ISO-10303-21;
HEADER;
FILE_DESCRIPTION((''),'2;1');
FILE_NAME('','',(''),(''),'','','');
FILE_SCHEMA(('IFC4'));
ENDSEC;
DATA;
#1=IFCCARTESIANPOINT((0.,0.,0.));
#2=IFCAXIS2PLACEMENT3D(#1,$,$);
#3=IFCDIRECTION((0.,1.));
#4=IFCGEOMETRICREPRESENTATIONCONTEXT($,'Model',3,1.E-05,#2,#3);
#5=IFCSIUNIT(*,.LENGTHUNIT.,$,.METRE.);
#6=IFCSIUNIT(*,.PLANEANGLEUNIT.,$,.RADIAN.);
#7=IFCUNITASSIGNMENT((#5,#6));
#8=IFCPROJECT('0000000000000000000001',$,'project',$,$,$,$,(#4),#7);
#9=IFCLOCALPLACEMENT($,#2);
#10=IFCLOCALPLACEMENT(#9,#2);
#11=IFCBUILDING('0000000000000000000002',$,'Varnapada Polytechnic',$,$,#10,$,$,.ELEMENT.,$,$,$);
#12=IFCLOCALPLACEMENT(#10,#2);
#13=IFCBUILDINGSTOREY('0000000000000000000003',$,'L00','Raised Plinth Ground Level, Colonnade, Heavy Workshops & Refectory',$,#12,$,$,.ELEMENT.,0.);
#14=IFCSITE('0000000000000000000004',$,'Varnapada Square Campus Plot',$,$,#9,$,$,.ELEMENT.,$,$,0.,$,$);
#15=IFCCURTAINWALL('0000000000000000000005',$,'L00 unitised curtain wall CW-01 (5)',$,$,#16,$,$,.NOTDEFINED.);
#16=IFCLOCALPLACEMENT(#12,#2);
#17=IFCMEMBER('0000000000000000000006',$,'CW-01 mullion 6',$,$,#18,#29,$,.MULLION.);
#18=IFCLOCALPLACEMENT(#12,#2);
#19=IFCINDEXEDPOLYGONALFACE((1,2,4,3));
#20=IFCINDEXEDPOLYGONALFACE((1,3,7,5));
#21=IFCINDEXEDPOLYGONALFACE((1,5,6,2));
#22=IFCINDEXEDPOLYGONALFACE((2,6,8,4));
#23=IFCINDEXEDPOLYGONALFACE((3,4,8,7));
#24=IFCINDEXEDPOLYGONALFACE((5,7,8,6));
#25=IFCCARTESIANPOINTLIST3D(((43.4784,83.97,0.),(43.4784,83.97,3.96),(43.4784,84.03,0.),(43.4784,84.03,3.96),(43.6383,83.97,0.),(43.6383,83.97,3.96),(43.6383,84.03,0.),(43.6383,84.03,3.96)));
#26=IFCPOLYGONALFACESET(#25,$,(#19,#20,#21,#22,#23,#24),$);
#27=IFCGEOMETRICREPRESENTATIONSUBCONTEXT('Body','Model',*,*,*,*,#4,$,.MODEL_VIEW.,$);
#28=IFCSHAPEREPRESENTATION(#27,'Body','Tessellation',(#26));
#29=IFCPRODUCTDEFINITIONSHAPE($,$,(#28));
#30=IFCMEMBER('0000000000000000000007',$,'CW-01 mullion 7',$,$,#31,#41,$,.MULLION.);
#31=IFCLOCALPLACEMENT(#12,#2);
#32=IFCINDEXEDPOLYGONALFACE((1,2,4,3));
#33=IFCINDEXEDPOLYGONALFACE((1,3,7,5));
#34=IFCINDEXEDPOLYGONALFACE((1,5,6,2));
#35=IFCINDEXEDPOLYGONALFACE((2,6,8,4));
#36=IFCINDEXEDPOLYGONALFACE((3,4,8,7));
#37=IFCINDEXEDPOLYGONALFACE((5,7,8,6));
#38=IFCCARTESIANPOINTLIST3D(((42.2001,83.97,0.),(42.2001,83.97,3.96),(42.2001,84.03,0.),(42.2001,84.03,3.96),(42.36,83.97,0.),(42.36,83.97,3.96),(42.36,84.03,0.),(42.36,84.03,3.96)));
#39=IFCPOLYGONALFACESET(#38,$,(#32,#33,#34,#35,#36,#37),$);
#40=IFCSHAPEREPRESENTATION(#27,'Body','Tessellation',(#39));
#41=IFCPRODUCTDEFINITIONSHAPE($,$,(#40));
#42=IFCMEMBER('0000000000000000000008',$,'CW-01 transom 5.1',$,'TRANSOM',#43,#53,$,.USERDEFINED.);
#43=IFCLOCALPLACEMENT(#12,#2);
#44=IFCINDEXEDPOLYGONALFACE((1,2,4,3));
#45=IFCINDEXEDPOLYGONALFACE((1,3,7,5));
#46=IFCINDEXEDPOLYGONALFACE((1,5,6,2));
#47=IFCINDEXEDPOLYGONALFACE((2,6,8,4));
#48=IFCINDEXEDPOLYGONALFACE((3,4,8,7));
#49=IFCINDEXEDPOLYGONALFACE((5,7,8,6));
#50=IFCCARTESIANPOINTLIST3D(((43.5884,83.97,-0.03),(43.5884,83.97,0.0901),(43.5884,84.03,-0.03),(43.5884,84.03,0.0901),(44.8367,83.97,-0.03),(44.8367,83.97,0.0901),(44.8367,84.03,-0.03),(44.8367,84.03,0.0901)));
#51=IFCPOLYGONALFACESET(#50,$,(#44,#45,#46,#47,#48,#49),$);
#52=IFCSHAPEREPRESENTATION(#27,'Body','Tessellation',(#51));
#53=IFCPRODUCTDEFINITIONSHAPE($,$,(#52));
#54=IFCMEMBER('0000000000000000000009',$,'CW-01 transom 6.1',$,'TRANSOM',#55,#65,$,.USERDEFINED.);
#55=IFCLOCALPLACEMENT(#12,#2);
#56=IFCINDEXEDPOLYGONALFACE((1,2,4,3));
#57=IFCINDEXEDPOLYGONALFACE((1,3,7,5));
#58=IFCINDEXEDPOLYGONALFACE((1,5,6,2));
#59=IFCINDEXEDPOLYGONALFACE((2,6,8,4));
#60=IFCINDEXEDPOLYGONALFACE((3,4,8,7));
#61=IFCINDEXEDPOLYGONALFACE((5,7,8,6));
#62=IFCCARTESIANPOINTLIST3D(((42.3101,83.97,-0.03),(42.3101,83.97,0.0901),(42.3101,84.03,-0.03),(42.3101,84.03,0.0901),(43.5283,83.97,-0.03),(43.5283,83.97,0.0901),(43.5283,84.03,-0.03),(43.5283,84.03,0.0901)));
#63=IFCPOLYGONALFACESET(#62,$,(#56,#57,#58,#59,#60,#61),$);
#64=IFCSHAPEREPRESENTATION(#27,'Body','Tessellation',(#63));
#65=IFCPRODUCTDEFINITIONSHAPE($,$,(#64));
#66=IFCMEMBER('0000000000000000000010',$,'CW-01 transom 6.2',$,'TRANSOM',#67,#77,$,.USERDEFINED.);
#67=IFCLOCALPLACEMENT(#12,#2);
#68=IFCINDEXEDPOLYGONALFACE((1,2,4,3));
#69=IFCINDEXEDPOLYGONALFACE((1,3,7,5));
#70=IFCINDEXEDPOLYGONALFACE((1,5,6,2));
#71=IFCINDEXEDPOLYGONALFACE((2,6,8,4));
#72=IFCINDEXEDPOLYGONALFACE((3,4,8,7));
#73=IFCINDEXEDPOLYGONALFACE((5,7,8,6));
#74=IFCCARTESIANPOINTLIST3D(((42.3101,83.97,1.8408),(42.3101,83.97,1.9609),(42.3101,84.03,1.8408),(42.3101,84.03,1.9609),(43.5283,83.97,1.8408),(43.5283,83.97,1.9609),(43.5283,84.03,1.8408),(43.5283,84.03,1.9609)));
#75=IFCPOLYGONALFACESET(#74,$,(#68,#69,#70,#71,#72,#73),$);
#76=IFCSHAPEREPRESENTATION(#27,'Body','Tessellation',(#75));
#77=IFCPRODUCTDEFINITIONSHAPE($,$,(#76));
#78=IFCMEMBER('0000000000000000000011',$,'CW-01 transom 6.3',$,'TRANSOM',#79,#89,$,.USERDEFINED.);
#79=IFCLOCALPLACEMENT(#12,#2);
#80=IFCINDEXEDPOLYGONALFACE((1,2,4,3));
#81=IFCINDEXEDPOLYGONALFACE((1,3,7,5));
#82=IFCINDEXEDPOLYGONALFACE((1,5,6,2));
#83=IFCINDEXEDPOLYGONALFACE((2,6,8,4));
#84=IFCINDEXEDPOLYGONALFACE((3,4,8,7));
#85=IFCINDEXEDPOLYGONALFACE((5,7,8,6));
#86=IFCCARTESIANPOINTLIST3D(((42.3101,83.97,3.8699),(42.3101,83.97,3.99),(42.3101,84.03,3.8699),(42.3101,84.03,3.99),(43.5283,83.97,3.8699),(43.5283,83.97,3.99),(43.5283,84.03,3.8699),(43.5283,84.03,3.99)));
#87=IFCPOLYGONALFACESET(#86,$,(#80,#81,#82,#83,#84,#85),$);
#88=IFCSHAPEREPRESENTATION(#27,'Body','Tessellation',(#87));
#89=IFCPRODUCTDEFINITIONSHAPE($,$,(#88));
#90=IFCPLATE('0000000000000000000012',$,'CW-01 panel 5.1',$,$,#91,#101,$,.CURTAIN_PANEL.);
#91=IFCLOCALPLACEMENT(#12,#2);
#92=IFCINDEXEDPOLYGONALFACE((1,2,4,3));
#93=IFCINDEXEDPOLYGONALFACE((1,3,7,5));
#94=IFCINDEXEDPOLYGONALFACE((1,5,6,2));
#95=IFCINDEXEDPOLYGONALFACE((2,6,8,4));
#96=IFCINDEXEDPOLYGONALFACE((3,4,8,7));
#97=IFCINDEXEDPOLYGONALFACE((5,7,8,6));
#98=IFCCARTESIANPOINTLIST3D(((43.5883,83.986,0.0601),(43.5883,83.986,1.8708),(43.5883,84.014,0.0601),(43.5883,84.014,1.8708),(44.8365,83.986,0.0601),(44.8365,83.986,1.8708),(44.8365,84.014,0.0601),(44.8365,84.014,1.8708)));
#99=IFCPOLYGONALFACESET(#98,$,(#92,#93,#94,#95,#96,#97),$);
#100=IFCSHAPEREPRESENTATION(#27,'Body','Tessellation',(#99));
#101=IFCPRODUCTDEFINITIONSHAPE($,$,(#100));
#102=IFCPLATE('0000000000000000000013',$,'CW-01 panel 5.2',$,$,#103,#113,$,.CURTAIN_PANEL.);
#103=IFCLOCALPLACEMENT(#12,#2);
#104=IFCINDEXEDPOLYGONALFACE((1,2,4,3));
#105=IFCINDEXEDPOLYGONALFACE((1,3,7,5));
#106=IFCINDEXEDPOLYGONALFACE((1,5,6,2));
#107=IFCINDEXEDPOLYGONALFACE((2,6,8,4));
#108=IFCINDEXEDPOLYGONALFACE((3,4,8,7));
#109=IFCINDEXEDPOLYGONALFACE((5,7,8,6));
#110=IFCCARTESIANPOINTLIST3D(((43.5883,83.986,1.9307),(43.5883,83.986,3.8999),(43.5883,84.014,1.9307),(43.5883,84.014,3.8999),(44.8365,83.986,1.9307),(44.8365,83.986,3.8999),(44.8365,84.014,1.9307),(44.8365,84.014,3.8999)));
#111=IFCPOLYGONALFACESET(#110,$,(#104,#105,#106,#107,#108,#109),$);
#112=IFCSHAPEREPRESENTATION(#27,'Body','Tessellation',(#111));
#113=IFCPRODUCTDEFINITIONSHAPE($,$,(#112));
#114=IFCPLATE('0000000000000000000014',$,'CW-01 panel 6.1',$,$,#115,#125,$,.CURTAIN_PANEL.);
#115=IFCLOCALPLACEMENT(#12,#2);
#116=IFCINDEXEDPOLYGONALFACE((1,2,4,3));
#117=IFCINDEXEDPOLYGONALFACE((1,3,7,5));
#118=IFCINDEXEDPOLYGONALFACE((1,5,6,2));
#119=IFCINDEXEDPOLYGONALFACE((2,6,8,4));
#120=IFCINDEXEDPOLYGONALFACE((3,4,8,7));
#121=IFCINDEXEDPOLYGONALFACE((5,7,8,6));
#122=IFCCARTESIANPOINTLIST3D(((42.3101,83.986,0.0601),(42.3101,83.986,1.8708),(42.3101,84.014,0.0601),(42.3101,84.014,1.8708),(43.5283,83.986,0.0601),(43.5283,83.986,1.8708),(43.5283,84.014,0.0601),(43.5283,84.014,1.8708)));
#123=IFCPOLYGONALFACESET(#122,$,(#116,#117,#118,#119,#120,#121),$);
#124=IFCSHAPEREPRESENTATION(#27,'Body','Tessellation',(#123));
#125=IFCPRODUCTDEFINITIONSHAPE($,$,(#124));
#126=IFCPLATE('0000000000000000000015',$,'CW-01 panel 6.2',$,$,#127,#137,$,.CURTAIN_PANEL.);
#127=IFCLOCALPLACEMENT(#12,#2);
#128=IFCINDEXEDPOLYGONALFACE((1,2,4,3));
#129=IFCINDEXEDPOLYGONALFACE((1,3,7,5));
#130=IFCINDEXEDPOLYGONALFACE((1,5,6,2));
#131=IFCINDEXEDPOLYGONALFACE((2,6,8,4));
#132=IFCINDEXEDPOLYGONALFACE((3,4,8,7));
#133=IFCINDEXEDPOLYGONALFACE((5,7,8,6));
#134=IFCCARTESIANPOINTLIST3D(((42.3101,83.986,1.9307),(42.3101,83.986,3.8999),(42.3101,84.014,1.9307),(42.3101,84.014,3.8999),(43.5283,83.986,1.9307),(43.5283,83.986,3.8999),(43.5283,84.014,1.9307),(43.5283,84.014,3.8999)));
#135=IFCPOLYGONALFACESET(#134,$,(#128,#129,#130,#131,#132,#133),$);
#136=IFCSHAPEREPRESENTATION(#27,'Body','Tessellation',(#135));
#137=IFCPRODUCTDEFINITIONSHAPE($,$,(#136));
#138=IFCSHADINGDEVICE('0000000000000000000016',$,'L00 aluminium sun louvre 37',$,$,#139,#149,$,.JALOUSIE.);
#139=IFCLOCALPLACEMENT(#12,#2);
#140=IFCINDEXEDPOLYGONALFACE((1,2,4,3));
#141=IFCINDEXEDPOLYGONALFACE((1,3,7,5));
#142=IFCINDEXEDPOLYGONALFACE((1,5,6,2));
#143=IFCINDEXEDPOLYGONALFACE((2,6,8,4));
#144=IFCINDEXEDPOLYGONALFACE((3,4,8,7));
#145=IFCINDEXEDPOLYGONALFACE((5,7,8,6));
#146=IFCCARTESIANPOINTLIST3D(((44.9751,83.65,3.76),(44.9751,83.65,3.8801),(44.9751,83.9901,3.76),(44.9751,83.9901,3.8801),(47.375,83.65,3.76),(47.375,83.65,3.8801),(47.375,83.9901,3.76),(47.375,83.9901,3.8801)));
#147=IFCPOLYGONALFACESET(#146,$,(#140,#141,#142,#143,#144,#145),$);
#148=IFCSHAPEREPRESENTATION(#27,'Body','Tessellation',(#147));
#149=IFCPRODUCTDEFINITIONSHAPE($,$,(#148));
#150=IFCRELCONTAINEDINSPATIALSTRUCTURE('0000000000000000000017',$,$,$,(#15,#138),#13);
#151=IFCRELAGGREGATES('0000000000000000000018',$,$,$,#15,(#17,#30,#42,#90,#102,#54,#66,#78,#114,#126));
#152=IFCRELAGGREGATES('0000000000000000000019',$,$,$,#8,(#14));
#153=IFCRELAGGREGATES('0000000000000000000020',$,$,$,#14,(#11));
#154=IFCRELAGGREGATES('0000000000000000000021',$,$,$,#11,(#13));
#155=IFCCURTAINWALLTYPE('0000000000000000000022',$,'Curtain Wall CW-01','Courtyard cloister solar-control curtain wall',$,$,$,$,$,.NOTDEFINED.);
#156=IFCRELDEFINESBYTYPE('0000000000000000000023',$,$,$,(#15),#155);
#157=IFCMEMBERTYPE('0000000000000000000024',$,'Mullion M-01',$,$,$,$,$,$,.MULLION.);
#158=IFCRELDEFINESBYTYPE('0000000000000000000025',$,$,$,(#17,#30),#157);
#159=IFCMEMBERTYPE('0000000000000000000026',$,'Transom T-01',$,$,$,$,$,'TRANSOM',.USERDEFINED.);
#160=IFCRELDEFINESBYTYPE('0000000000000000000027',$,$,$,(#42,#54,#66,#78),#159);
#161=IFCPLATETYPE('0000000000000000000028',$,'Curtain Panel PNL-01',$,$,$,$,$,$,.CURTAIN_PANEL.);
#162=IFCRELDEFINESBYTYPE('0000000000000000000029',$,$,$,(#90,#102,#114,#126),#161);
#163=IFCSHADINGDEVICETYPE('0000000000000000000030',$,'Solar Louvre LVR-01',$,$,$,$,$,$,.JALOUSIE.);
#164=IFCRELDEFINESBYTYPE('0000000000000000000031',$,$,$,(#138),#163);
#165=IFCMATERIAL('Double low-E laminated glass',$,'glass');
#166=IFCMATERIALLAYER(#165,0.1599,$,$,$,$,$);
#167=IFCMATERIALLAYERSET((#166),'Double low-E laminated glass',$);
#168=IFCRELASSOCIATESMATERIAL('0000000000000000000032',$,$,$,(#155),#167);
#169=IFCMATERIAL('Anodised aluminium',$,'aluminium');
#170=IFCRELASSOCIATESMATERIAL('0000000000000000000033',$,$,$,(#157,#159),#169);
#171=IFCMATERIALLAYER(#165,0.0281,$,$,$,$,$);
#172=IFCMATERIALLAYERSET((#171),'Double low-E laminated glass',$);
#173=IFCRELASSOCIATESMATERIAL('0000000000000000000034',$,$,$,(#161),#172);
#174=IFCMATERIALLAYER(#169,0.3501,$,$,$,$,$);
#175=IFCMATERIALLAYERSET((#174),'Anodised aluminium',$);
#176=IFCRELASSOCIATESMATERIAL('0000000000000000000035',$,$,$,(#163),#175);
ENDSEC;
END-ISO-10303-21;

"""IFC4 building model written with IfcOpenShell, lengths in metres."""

from ifc_helpers import new_model, si_unit, direction, frame, origin, origin_2d, place, context, subcontext, project, spatial, rectangle, extrude, material, layer, layer_set, material_profile, profile_set, type_object, element, aggregate, save


model = new_model("IFC4")

# Units and contexts
model_context = context("Model", 3, precision=1e-05, world=origin(), true_north=direction((0.0, 1.0)))
body_context = subcontext(model_context, "Body", "Model", "MODEL_VIEW")
ifc_project = project(units=[si_unit("LENGTHUNIT", "METRE"), si_unit("PLANEANGLEUNIT", "RADIAN")], contexts=[model_context])

# Site, building, storey
site_placement = place(None, origin())
site = spatial("IfcSite", under=ifc_project, at=site_placement, Name="Varnapada Square Campus Plot", CompositionType="ELEMENT", RefElevation=0.0)
building_placement = place(site_placement, origin())
building = spatial("IfcBuilding", under=site, at=building_placement, Name="Varnapada Polytechnic", CompositionType="ELEMENT")
storey_placement = place(building_placement, origin())
storey = spatial("IfcBuildingStorey", under=building, at=storey_placement, Name="L00", Description="Raised Plinth Ground Level, Colonnade, Heavy Workshops & Refectory", CompositionType="ELEMENT", Elevation=0.0)

# Curtain wall, members, plates
ifc_material_1 = material(Name="Double low-E laminated glass", Category="glass")
ifc_layer_1 = layer(ifc_material_1, 0.1599)
ifc_layer_set_1 = layer_set([ifc_layer_1], Name="Double low-E laminated glass")
curtain_wall_type = type_object("IfcCurtainWallType", Name="Curtain Wall CW-01", Description="Courtyard cloister solar-control curtain wall", PredefinedType="NOTDEFINED", material=ifc_layer_set_1)
curtain_wall_placement = place(storey_placement, origin())
curtain_wall = element("IfcCurtainWall", 1, at=curtain_wall_placement, inside=storey, type_object=curtain_wall_type, Name="L00 unitised curtain wall CW-01 (5)", PredefinedType="NOTDEFINED")
ifc_material_2 = material(Name="Anodised aluminium", Category="aluminium")
ifc_material_profile_1 = material_profile(ifc_material_2, rectangle(XDim=0.0601, YDim=0.1599, at=origin_2d()), Name="ALU M60x160")
ifc_profile_set_1 = profile_set([ifc_material_profile_1], Name="Anodised aluminium")
member_type_1 = type_object("IfcMemberType", Name="Mullion M-01", PredefinedType="MULLION", material=ifc_profile_set_1)
member_1_placement = place(storey_placement, frame((43.5583, 84.0, 0.0), z_axis=(0.0, 0.0, 1.0), x_axis=(0.0, -1.0, 0.0)))
member_1 = element("IfcMember", 2, at=member_1_placement, type_object=member_type_1, Name="CW-01 mullion 6", PredefinedType="MULLION", context=body_context, shape_type="SweptSolid", body=[
    extrude(rectangle(XDim=0.0601, YDim=0.1599, at=origin_2d()), origin(), (0.0, 0.0, 1.0), 3.96),
])
member_2_placement = place(storey_placement, frame((42.28, 84.0, 0.0), z_axis=(0.0, 0.0, 1.0), x_axis=(0.0, -1.0, 0.0)))
member_2 = element("IfcMember", 3, at=member_2_placement, type_object=member_type_1, Name="CW-01 mullion 7", PredefinedType="MULLION", context=body_context, shape_type="SweptSolid", body=[
    extrude(rectangle(XDim=0.0601, YDim=0.1599, at=origin_2d()), origin(), (0.0, 0.0, 1.0), 3.96),
])
ifc_material_profile_2 = material_profile(ifc_material_2, rectangle(XDim=0.0601, YDim=0.1201, at=origin_2d()), Name="ALU T60x120")
ifc_profile_set_2 = profile_set([ifc_material_profile_2], Name="Anodised aluminium")
member_type_2 = type_object("IfcMemberType", Name="Transom T-01", ElementType="TRANSOM", PredefinedType="USERDEFINED", material=ifc_profile_set_2)
member_3_placement = place(storey_placement, frame((44.8367, 84.0, 0.03), z_axis=(-1.0, 0.0, 0.0), x_axis=(0.0, -1.0, 0.0)))
member_3 = element("IfcMember", 4, at=member_3_placement, type_object=member_type_2, Name="CW-01 transom 5.1", ObjectType="TRANSOM", PredefinedType="USERDEFINED", context=body_context, shape_type="SweptSolid", body=[
    extrude(rectangle(XDim=0.0601, YDim=0.1201, at=origin_2d()), origin(), (0.0, 0.0, 1.0), 1.2483),
])
member_4_placement = place(storey_placement, frame((43.5283, 84.0, 0.03), z_axis=(-1.0, 0.0, 0.0), x_axis=(0.0, -1.0, 0.0)))
member_4 = element("IfcMember", 5, at=member_4_placement, type_object=member_type_2, Name="CW-01 transom 6.1", ObjectType="TRANSOM", PredefinedType="USERDEFINED", context=body_context, shape_type="SweptSolid", body=[
    extrude(rectangle(XDim=0.0601, YDim=0.1201, at=origin_2d()), origin(), (0.0, 0.0, 1.0), 1.2183),
])
member_5_placement = place(storey_placement, frame((43.5283, 84.0, 1.9009), z_axis=(-1.0, 0.0, 0.0), x_axis=(0.0, -1.0, 0.0)))
member_5 = element("IfcMember", 6, at=member_5_placement, type_object=member_type_2, Name="CW-01 transom 6.2", ObjectType="TRANSOM", PredefinedType="USERDEFINED", context=body_context, shape_type="SweptSolid", body=[
    extrude(rectangle(XDim=0.0601, YDim=0.1201, at=origin_2d()), origin(), (0.0, 0.0, 1.0), 1.2183),
])
member_6_placement = place(storey_placement, frame((43.5283, 84.0, 3.9299), z_axis=(-1.0, 0.0, 0.0), x_axis=(0.0, -1.0, 0.0)))
member_6 = element("IfcMember", 7, at=member_6_placement, type_object=member_type_2, Name="CW-01 transom 6.3", ObjectType="TRANSOM", PredefinedType="USERDEFINED", context=body_context, shape_type="SweptSolid", body=[
    extrude(rectangle(XDim=0.0601, YDim=0.1201, at=origin_2d()), origin(), (0.0, 0.0, 1.0), 1.2183),
])
ifc_layer_2 = layer(ifc_material_1, 0.0281)
ifc_layer_set_2 = layer_set([ifc_layer_2], Name="Double low-E laminated glass")
plate_type = type_object("IfcPlateType", Name="Curtain Panel PNL-01", PredefinedType="CURTAIN_PANEL", material=ifc_layer_set_2)
plate_1_placement = place(storey_placement, frame((44.2124, 84.0, 0.0601), z_axis=(0.0, 0.0, 1.0), x_axis=(-1.0, 0.0, 0.0)))
plate_1 = element("IfcPlate", 8, at=plate_1_placement, type_object=plate_type, Name="CW-01 panel 5.1", PredefinedType="CURTAIN_PANEL", context=body_context, shape_type="SweptSolid", body=[
    extrude(rectangle(XDim=1.2483, YDim=0.0281, at=origin_2d()), origin(), (0.0, 0.0, 1.0), 1.8108),
])
plate_2_placement = place(storey_placement, frame((44.2124, 84.0, 1.9307), z_axis=(0.0, 0.0, 1.0), x_axis=(-1.0, 0.0, 0.0)))
plate_2 = element("IfcPlate", 9, at=plate_2_placement, type_object=plate_type, Name="CW-01 panel 5.2", PredefinedType="CURTAIN_PANEL", context=body_context, shape_type="SweptSolid", body=[
    extrude(rectangle(XDim=1.2483, YDim=0.0281, at=origin_2d()), origin(), (0.0, 0.0, 1.0), 1.9692),
])
plate_3_placement = place(storey_placement, frame((42.9192, 84.0, 0.0601), z_axis=(0.0, 0.0, 1.0), x_axis=(-1.0, 0.0, 0.0)))
plate_3 = element("IfcPlate", 10, at=plate_3_placement, type_object=plate_type, Name="CW-01 panel 6.1", PredefinedType="CURTAIN_PANEL", context=body_context, shape_type="SweptSolid", body=[
    extrude(rectangle(XDim=1.2183, YDim=0.0281, at=origin_2d()), origin(), (0.0, 0.0, 1.0), 1.8108),
])
plate_4_placement = place(storey_placement, frame((42.9192, 84.0, 1.9307), z_axis=(0.0, 0.0, 1.0), x_axis=(-1.0, 0.0, 0.0)))
plate_4 = element("IfcPlate", 11, at=plate_4_placement, type_object=plate_type, Name="CW-01 panel 6.2", PredefinedType="CURTAIN_PANEL", context=body_context, shape_type="SweptSolid", body=[
    extrude(rectangle(XDim=1.2183, YDim=0.0281, at=origin_2d()), origin(), (0.0, 0.0, 1.0), 1.9692),
])
aggregate(curtain_wall, [member_1, member_2, member_3, plate_1, plate_2, member_4, member_5, member_6, plate_3, plate_4])

# Shading device
ifc_layer_3 = layer(ifc_material_2, 0.3501)
ifc_layer_set_3 = layer_set([ifc_layer_3], Name="Anodised aluminium")
shading_device_type = type_object("IfcShadingDeviceType", Name="Solar Louvre LVR-01", PredefinedType="JALOUSIE", material=ifc_layer_set_3)
shading_device_placement = place(storey_placement, frame((46.175, 83.8201, 3.76), z_axis=(0.0, 0.0, 1.0), x_axis=(-1.0, 0.0, 0.0)))
element("IfcShadingDevice", 12, at=shading_device_placement, inside=storey, type_object=shading_device_type, Name="L00 aluminium sun louvre 37", PredefinedType="JALOUSIE", context=body_context, shape_type="SweptSolid", body=[
    extrude(rectangle(XDim=2.3999, YDim=0.3401, at=origin_2d()), origin(), (0.0, 0.0, 1.0), 0.1201),
])

save(model, "model.ifc")
